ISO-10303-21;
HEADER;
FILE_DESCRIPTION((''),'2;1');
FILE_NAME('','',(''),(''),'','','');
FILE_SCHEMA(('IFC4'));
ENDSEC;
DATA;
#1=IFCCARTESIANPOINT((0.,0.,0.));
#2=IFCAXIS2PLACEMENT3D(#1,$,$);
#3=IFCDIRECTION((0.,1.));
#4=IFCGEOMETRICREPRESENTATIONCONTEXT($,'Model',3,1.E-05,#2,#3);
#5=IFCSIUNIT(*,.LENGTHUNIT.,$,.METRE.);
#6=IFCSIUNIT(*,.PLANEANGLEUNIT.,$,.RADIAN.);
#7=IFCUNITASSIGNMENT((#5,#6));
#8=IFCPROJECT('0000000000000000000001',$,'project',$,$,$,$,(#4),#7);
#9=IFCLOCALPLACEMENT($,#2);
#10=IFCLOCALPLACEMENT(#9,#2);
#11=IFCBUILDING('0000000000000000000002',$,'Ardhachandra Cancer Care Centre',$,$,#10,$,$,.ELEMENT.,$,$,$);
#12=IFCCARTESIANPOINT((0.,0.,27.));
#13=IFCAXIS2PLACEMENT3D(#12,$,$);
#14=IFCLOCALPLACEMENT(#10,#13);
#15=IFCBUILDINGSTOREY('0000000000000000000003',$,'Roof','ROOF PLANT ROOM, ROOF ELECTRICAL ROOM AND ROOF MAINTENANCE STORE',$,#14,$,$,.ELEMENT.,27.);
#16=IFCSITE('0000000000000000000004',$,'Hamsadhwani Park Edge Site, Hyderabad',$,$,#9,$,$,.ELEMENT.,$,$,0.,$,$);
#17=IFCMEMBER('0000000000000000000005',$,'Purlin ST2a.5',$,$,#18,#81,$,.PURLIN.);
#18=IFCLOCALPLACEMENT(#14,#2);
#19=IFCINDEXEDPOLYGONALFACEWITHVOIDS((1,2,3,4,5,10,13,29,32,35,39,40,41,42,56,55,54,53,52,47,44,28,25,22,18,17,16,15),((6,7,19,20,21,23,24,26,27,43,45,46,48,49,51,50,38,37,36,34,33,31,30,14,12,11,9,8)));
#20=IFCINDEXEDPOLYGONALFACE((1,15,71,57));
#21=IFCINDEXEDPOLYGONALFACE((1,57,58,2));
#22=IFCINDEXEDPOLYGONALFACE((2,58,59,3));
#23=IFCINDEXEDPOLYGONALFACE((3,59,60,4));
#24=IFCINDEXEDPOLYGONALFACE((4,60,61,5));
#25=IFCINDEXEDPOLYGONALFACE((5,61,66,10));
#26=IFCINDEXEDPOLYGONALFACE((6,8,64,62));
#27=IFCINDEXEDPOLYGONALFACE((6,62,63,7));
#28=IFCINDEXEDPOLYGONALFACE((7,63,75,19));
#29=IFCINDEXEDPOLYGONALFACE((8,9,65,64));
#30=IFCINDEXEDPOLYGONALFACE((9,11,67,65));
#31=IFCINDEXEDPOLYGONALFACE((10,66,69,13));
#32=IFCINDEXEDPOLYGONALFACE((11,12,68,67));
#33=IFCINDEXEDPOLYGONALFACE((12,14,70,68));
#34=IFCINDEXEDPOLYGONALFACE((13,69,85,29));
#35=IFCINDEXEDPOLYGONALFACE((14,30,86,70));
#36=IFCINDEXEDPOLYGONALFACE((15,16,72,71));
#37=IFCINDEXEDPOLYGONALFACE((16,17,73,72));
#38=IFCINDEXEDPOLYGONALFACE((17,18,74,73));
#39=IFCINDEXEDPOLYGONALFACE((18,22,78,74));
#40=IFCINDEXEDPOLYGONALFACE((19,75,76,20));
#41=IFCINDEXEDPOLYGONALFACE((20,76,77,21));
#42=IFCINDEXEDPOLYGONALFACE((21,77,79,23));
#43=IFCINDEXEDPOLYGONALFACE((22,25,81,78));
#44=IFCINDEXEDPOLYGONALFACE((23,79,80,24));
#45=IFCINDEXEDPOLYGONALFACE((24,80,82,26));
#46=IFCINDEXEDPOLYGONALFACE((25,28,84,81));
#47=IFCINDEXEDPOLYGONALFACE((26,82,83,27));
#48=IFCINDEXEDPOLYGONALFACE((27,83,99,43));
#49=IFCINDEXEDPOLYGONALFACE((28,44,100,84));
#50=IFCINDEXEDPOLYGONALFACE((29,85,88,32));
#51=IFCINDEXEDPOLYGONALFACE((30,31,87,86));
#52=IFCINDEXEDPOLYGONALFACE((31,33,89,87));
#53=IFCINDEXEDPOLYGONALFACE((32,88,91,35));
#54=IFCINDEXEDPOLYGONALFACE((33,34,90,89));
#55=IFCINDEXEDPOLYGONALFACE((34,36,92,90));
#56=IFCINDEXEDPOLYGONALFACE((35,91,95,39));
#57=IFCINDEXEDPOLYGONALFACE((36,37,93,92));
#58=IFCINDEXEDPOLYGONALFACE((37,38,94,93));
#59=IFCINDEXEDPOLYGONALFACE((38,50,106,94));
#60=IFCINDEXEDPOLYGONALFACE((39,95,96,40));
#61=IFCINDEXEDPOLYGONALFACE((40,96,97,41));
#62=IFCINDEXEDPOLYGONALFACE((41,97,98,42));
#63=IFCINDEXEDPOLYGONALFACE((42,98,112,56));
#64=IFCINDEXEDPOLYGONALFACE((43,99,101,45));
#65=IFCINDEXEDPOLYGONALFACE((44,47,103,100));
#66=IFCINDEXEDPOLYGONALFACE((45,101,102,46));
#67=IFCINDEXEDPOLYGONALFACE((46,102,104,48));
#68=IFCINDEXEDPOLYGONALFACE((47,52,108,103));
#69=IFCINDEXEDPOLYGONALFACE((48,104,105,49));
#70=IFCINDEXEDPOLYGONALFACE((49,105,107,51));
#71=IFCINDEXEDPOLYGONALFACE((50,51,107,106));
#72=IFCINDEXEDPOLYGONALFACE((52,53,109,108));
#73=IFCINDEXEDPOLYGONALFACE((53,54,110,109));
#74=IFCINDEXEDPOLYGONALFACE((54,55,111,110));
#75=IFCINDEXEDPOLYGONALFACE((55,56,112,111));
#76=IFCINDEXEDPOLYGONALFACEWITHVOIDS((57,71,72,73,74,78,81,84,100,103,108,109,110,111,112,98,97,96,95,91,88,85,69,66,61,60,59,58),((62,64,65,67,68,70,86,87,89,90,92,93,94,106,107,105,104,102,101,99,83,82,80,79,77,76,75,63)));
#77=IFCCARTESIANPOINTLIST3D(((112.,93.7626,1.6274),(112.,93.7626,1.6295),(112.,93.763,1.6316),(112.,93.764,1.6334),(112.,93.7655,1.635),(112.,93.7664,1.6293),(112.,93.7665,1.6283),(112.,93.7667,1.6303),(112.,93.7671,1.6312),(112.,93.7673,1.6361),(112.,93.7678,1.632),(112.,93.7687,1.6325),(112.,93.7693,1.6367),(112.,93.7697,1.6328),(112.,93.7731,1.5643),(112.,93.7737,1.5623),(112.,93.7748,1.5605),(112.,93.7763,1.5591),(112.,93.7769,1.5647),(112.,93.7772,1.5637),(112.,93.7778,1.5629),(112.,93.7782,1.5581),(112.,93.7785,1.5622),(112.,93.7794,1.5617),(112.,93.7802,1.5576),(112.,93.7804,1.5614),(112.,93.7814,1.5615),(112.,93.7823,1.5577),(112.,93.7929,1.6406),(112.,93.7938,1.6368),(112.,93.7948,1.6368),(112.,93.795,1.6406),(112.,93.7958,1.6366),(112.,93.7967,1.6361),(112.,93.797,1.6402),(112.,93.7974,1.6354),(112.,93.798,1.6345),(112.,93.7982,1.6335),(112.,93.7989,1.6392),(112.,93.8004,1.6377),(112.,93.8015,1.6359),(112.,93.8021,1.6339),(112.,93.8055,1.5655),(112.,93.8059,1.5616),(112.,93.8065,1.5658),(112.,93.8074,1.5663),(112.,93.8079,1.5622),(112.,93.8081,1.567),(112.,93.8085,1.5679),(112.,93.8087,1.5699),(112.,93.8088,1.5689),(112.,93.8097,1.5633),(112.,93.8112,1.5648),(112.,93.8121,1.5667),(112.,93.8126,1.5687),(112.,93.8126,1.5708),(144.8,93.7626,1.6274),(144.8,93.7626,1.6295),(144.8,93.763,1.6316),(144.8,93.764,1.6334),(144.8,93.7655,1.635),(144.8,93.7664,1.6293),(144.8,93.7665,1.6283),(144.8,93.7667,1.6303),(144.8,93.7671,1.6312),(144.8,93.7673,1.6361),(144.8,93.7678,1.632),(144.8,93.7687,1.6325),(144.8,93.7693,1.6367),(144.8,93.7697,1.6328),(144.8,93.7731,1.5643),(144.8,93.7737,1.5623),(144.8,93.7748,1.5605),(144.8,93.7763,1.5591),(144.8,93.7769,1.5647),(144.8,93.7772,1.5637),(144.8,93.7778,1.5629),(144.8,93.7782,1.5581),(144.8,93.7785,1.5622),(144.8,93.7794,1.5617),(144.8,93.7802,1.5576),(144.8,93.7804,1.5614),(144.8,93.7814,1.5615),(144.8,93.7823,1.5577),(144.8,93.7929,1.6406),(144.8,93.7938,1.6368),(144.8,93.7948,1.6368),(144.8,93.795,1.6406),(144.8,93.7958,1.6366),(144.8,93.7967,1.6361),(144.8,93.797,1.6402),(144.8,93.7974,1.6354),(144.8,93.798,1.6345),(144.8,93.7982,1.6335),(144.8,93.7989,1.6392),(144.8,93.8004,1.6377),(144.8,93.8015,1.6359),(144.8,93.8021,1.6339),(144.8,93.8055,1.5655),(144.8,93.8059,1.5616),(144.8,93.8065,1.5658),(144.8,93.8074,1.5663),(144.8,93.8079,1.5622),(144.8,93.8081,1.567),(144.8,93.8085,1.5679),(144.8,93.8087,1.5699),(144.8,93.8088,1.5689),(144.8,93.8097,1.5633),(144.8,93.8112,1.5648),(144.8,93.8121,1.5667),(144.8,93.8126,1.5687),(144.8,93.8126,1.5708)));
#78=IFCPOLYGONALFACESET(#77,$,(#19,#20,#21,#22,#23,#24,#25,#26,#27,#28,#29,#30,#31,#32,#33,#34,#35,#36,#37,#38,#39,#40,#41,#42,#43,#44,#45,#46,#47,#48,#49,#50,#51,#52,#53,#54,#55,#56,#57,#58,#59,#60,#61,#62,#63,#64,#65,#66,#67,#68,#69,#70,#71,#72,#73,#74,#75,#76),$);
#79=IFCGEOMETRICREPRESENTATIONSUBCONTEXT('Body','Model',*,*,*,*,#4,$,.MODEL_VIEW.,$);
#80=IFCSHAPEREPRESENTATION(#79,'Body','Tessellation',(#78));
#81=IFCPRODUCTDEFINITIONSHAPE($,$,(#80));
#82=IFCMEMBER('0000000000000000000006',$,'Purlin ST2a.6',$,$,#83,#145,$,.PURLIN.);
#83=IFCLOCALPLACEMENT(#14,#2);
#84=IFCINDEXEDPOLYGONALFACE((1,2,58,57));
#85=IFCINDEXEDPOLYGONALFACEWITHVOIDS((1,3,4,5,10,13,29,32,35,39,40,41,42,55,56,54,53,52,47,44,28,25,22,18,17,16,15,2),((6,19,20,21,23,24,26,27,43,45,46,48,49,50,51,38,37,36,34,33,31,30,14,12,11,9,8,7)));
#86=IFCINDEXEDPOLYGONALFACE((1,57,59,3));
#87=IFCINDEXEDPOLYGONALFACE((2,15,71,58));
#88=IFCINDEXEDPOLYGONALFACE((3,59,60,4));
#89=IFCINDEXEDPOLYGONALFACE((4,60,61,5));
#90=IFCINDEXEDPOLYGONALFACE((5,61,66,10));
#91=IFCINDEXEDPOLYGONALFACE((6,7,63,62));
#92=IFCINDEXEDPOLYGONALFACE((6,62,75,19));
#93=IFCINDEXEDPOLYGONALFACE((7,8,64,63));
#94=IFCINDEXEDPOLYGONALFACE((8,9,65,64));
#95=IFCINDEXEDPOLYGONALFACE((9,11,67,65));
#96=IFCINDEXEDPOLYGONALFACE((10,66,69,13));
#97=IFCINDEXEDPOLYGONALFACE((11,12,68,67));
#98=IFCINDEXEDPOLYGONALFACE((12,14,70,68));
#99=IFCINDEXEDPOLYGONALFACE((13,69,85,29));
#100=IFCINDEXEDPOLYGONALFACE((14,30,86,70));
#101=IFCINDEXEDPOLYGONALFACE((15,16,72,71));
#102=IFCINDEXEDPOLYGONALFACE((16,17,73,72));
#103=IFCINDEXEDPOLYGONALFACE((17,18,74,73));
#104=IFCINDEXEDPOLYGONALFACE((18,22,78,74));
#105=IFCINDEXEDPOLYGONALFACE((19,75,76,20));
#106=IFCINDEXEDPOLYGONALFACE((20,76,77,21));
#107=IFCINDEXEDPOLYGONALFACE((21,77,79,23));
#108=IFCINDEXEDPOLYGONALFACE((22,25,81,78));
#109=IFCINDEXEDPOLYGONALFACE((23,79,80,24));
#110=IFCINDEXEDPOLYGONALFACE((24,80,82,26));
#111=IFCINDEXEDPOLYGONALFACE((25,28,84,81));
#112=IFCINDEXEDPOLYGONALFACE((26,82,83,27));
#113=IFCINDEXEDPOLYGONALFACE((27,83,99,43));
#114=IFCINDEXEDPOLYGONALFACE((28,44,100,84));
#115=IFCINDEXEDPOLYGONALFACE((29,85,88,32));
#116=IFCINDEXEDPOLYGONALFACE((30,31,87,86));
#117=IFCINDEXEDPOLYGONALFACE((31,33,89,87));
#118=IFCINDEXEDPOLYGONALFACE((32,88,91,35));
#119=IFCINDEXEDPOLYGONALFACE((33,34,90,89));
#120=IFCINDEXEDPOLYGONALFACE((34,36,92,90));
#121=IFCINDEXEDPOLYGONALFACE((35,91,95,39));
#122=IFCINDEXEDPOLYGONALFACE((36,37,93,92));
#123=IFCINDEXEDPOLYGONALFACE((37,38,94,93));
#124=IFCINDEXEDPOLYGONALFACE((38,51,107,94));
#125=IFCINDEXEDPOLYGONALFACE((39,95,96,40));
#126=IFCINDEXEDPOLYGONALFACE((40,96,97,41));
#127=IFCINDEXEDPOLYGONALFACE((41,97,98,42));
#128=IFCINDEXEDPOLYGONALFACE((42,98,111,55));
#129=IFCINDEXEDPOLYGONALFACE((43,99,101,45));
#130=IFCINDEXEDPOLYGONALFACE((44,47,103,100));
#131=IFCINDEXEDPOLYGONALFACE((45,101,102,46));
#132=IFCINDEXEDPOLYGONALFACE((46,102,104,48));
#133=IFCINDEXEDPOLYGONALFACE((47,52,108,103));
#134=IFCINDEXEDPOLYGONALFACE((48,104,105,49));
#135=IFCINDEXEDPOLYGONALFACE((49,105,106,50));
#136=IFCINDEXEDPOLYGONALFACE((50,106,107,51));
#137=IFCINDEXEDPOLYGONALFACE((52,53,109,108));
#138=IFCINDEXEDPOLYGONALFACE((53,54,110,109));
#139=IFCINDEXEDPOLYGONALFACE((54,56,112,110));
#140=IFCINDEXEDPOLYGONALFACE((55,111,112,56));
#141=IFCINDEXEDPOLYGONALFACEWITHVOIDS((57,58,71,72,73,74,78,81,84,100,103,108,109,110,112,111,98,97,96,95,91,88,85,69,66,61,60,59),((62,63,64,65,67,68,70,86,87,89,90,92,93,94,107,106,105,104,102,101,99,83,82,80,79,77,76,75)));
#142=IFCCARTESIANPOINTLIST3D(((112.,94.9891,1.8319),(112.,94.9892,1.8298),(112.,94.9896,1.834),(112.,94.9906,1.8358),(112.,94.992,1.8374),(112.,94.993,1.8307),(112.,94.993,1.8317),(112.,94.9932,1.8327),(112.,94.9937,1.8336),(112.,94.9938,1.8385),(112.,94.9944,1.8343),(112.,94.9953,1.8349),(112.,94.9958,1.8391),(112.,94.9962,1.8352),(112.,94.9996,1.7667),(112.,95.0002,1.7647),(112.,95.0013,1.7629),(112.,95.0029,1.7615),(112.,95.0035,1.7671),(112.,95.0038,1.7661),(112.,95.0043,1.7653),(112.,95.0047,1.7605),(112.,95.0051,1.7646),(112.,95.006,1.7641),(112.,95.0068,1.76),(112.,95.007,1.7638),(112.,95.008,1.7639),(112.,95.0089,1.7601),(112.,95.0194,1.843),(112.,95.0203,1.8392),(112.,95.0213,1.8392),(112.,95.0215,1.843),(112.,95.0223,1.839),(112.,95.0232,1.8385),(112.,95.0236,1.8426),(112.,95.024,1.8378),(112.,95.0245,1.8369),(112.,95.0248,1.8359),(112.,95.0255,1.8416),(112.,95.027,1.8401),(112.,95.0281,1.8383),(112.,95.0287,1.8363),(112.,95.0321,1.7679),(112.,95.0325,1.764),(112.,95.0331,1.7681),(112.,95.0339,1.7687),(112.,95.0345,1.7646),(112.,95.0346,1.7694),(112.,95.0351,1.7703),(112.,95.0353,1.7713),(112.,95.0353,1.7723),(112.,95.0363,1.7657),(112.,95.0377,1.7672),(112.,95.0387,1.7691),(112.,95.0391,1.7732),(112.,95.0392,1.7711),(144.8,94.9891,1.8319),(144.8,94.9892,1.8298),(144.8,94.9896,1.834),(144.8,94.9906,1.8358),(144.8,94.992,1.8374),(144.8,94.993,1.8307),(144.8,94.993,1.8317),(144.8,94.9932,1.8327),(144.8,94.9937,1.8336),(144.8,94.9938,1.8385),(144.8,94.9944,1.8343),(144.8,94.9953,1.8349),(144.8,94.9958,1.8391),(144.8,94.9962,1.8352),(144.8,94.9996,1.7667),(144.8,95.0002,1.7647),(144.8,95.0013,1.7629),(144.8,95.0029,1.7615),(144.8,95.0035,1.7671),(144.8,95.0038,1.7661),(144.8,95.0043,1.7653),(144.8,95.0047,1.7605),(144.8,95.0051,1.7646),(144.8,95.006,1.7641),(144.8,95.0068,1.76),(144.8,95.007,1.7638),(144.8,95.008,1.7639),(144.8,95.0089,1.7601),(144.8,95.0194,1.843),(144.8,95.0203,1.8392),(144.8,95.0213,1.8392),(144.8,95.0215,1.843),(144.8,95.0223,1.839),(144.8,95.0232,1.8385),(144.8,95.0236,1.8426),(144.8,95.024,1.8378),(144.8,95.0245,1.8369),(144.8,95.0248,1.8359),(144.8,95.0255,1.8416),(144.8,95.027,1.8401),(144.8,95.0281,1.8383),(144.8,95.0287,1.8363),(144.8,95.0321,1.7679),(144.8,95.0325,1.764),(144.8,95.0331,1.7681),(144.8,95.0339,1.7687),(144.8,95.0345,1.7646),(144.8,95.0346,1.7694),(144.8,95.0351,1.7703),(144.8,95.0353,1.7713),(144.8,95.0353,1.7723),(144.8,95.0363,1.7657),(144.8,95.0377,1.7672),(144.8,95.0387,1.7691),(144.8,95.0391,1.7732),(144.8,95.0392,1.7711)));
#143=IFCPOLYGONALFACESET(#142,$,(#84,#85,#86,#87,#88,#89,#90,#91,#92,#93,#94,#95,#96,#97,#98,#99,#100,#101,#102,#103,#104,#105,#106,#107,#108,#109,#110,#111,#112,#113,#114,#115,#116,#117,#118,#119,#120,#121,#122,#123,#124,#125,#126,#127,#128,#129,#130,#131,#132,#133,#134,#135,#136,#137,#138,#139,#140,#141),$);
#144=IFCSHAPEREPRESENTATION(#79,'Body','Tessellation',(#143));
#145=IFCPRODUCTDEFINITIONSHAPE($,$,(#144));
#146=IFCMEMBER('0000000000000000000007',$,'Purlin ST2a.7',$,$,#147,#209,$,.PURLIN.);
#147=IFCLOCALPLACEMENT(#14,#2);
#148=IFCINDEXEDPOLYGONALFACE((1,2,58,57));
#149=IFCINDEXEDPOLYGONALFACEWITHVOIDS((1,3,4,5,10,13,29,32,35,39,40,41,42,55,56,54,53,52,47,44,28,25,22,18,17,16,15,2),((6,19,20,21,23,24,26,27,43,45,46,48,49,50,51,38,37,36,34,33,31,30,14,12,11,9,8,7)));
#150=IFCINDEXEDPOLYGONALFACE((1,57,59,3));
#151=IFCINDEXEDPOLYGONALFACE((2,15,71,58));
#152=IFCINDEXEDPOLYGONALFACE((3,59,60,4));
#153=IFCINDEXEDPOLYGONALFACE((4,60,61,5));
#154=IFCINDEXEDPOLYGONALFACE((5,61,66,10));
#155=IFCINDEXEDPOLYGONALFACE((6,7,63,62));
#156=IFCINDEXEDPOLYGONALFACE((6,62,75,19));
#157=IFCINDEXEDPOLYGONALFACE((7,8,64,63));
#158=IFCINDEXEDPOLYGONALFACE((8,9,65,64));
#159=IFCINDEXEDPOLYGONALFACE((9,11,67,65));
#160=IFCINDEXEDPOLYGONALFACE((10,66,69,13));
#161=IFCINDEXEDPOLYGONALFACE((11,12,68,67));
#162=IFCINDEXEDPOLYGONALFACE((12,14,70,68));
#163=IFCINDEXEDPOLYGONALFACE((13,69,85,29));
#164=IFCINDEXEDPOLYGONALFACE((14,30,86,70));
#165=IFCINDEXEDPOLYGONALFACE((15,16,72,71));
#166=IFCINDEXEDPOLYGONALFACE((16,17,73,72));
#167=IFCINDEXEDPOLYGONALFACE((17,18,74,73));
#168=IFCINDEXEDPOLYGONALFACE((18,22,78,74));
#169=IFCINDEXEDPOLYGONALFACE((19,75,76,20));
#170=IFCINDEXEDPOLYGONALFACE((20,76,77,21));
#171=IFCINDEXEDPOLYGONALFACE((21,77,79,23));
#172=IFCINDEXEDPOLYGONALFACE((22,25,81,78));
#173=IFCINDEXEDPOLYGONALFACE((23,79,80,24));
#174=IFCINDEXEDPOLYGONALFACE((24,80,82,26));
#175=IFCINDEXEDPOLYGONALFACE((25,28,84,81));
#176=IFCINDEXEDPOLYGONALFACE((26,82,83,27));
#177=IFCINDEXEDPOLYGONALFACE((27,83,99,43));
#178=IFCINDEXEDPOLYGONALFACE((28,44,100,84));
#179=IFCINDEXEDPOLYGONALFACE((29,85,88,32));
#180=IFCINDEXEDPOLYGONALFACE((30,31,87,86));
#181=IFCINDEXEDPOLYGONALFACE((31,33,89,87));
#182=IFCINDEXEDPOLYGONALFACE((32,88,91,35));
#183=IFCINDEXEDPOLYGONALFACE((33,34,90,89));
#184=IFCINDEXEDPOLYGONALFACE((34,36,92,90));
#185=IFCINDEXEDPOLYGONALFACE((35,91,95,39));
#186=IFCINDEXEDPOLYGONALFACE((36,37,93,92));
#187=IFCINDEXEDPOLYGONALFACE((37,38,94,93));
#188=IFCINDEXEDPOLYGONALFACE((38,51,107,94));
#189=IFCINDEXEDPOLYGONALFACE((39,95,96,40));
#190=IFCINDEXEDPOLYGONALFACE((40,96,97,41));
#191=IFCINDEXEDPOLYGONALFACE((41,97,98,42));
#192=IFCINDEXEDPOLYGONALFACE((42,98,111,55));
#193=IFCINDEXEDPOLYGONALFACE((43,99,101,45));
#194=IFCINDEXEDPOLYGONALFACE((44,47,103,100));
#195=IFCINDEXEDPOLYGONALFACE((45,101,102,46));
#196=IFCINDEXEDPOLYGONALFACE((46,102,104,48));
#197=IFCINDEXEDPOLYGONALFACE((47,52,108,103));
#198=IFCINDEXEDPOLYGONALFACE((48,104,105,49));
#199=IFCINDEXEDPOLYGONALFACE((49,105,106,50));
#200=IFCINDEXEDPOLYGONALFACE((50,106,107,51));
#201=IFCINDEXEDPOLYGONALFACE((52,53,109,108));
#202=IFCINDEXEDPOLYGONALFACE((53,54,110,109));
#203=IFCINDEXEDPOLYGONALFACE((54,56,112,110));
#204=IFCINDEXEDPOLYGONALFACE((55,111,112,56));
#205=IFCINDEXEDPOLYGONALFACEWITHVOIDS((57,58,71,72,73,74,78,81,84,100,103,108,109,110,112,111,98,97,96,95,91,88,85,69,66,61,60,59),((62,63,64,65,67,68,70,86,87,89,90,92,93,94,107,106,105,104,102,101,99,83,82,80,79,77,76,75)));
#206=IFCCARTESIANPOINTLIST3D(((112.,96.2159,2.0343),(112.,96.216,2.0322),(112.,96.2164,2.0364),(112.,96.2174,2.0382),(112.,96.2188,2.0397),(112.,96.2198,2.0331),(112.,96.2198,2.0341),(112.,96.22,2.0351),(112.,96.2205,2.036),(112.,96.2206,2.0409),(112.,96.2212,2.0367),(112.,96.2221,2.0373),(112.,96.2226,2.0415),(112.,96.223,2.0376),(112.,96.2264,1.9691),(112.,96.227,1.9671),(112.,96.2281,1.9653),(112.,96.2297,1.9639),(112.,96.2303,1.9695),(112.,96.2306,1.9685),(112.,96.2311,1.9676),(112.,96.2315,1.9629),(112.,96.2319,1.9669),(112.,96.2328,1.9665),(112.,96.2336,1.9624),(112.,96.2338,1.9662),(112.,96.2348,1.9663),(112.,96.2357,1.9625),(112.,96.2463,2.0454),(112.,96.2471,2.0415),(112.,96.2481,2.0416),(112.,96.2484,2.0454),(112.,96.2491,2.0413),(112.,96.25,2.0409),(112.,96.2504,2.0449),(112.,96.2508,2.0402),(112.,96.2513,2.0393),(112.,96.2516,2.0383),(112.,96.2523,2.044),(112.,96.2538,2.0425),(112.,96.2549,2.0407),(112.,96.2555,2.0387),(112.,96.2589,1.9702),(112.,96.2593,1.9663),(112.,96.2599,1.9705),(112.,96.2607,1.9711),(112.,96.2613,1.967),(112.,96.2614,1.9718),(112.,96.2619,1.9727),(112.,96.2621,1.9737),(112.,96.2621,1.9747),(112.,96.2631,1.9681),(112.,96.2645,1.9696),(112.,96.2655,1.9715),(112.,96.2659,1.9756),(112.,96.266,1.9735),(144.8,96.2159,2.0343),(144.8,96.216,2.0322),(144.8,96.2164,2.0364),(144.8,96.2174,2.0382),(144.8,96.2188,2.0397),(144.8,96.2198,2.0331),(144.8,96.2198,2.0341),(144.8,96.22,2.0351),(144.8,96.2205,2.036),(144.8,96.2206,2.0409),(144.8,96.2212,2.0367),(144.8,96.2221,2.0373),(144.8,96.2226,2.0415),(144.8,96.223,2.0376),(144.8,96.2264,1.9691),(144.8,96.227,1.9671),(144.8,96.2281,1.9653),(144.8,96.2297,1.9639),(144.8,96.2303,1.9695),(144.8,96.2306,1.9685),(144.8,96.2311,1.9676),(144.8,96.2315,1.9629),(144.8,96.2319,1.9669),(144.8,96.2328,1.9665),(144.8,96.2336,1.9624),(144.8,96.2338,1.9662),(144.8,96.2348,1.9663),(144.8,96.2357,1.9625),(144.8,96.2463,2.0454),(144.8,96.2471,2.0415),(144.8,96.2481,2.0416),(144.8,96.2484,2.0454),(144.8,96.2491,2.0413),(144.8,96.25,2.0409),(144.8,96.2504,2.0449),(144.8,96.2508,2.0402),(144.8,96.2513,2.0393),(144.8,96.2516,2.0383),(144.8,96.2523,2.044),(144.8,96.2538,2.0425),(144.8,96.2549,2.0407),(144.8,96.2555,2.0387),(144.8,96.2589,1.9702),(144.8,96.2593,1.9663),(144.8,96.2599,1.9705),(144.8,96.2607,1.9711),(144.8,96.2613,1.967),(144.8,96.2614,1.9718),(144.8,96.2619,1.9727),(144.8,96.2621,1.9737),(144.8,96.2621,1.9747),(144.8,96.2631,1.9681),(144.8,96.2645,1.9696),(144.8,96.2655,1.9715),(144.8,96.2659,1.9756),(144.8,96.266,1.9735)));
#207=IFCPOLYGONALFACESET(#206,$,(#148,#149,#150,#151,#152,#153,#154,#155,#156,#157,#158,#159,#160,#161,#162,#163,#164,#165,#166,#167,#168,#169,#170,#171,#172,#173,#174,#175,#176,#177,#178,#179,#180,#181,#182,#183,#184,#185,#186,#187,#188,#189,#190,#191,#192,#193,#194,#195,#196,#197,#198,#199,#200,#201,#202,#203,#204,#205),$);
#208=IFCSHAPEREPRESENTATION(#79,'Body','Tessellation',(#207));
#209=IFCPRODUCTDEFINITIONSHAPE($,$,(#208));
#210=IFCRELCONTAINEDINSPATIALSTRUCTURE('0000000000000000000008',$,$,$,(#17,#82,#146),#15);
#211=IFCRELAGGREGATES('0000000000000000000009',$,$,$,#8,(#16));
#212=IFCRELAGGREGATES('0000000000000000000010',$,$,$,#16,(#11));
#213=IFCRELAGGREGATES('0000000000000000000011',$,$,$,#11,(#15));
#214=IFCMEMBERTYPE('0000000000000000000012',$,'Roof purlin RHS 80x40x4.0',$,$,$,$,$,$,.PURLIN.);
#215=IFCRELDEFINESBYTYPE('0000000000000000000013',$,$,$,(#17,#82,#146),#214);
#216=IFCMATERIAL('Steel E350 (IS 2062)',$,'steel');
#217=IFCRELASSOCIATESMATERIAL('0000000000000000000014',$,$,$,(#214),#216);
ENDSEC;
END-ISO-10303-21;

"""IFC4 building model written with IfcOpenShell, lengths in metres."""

from ifc_helpers import new_model, si_unit, direction, frame, origin, origin_2d, place, context, subcontext, project, spatial, hollow_rectangle, extrude, material, material_profile, profile_set, type_object, element, save


model = new_model("IFC4")

# Units and contexts
model_context = context("Model", 3, precision=1e-05, world=origin(), true_north=direction((0.0, 1.0)))
body_context = subcontext(model_context, "Body", "Model", "MODEL_VIEW")
ifc_project = project(units=[si_unit("LENGTHUNIT", "METRE"), si_unit("PLANEANGLEUNIT", "RADIAN")], contexts=[model_context])

# Site, building, storey
site_placement = place(None, origin())
site = spatial("IfcSite", under=ifc_project, at=site_placement, Name="Hamsadhwani Park Edge Site, Hyderabad", CompositionType="ELEMENT", RefElevation=0.0)
building_placement = place(site_placement, origin())
building = spatial("IfcBuilding", under=site, at=building_placement, Name="Ardhachandra Cancer Care Centre", CompositionType="ELEMENT")
storey_placement = place(building_placement, frame((0.0, 0.0, 27.0)))
storey = spatial("IfcBuildingStorey", under=building, at=storey_placement, Name="Roof", Description="ROOF PLANT ROOM, ROOF ELECTRICAL ROOM AND ROOF MAINTENANCE STORE", CompositionType="ELEMENT", Elevation=27.0)

# Members
ifc_material_1 = material(Name="Steel E350 (IS 2062)", Category="steel")
ifc_material_profile_1 = material_profile(ifc_material_1, hollow_rectangle(XDim=0.04, YDim=0.0801, WallThickness=0.0039, InnerFilletRadius=0.0039, OuterFilletRadius=0.0081, at=origin_2d()), Name="RHS 80x40x4.0")
ifc_profile_set_1 = profile_set([ifc_material_profile_1], Name="Steel E350 (IS 2062)")
member_type_1 = type_object("IfcMemberType", Name="Roof purlin RHS 80x40x4.0", PredefinedType="PURLIN", material=ifc_profile_set_1)
for number, where, z_axis, x_axis, name in (
    (1, (112.0, 93.7876, 1.5991), (1.0, 0.0, 0.0), (0.0, 0.986659, 0.162799), "Purlin ST2a.5"),
    (2, (112.0, 95.0142, 1.8015), (1.0, 0.0, 0.0), (0.0, 0.986659, 0.162799), "Purlin ST2a.6"),
    (3, (112.0, 96.241, 2.0039), (1.0, 0.0, 0.0), (0.0, 0.986659, 0.162799), "Purlin ST2a.7"),
):
    element("IfcMember", number, at=place(storey_placement, frame(where, z_axis=z_axis, x_axis=x_axis)), inside=storey, type_object=member_type_1, Name=name, PredefinedType="PURLIN", context=body_context, shape_type="SweptSolid", body=[
        extrude(hollow_rectangle(XDim=0.04, YDim=0.0801, WallThickness=0.0039, InnerFilletRadius=0.0039, OuterFilletRadius=0.0081, at=origin_2d()), origin(), (0.0, 0.0, 1.0), 32.8),
    ])

save(model, "model.ifc")
